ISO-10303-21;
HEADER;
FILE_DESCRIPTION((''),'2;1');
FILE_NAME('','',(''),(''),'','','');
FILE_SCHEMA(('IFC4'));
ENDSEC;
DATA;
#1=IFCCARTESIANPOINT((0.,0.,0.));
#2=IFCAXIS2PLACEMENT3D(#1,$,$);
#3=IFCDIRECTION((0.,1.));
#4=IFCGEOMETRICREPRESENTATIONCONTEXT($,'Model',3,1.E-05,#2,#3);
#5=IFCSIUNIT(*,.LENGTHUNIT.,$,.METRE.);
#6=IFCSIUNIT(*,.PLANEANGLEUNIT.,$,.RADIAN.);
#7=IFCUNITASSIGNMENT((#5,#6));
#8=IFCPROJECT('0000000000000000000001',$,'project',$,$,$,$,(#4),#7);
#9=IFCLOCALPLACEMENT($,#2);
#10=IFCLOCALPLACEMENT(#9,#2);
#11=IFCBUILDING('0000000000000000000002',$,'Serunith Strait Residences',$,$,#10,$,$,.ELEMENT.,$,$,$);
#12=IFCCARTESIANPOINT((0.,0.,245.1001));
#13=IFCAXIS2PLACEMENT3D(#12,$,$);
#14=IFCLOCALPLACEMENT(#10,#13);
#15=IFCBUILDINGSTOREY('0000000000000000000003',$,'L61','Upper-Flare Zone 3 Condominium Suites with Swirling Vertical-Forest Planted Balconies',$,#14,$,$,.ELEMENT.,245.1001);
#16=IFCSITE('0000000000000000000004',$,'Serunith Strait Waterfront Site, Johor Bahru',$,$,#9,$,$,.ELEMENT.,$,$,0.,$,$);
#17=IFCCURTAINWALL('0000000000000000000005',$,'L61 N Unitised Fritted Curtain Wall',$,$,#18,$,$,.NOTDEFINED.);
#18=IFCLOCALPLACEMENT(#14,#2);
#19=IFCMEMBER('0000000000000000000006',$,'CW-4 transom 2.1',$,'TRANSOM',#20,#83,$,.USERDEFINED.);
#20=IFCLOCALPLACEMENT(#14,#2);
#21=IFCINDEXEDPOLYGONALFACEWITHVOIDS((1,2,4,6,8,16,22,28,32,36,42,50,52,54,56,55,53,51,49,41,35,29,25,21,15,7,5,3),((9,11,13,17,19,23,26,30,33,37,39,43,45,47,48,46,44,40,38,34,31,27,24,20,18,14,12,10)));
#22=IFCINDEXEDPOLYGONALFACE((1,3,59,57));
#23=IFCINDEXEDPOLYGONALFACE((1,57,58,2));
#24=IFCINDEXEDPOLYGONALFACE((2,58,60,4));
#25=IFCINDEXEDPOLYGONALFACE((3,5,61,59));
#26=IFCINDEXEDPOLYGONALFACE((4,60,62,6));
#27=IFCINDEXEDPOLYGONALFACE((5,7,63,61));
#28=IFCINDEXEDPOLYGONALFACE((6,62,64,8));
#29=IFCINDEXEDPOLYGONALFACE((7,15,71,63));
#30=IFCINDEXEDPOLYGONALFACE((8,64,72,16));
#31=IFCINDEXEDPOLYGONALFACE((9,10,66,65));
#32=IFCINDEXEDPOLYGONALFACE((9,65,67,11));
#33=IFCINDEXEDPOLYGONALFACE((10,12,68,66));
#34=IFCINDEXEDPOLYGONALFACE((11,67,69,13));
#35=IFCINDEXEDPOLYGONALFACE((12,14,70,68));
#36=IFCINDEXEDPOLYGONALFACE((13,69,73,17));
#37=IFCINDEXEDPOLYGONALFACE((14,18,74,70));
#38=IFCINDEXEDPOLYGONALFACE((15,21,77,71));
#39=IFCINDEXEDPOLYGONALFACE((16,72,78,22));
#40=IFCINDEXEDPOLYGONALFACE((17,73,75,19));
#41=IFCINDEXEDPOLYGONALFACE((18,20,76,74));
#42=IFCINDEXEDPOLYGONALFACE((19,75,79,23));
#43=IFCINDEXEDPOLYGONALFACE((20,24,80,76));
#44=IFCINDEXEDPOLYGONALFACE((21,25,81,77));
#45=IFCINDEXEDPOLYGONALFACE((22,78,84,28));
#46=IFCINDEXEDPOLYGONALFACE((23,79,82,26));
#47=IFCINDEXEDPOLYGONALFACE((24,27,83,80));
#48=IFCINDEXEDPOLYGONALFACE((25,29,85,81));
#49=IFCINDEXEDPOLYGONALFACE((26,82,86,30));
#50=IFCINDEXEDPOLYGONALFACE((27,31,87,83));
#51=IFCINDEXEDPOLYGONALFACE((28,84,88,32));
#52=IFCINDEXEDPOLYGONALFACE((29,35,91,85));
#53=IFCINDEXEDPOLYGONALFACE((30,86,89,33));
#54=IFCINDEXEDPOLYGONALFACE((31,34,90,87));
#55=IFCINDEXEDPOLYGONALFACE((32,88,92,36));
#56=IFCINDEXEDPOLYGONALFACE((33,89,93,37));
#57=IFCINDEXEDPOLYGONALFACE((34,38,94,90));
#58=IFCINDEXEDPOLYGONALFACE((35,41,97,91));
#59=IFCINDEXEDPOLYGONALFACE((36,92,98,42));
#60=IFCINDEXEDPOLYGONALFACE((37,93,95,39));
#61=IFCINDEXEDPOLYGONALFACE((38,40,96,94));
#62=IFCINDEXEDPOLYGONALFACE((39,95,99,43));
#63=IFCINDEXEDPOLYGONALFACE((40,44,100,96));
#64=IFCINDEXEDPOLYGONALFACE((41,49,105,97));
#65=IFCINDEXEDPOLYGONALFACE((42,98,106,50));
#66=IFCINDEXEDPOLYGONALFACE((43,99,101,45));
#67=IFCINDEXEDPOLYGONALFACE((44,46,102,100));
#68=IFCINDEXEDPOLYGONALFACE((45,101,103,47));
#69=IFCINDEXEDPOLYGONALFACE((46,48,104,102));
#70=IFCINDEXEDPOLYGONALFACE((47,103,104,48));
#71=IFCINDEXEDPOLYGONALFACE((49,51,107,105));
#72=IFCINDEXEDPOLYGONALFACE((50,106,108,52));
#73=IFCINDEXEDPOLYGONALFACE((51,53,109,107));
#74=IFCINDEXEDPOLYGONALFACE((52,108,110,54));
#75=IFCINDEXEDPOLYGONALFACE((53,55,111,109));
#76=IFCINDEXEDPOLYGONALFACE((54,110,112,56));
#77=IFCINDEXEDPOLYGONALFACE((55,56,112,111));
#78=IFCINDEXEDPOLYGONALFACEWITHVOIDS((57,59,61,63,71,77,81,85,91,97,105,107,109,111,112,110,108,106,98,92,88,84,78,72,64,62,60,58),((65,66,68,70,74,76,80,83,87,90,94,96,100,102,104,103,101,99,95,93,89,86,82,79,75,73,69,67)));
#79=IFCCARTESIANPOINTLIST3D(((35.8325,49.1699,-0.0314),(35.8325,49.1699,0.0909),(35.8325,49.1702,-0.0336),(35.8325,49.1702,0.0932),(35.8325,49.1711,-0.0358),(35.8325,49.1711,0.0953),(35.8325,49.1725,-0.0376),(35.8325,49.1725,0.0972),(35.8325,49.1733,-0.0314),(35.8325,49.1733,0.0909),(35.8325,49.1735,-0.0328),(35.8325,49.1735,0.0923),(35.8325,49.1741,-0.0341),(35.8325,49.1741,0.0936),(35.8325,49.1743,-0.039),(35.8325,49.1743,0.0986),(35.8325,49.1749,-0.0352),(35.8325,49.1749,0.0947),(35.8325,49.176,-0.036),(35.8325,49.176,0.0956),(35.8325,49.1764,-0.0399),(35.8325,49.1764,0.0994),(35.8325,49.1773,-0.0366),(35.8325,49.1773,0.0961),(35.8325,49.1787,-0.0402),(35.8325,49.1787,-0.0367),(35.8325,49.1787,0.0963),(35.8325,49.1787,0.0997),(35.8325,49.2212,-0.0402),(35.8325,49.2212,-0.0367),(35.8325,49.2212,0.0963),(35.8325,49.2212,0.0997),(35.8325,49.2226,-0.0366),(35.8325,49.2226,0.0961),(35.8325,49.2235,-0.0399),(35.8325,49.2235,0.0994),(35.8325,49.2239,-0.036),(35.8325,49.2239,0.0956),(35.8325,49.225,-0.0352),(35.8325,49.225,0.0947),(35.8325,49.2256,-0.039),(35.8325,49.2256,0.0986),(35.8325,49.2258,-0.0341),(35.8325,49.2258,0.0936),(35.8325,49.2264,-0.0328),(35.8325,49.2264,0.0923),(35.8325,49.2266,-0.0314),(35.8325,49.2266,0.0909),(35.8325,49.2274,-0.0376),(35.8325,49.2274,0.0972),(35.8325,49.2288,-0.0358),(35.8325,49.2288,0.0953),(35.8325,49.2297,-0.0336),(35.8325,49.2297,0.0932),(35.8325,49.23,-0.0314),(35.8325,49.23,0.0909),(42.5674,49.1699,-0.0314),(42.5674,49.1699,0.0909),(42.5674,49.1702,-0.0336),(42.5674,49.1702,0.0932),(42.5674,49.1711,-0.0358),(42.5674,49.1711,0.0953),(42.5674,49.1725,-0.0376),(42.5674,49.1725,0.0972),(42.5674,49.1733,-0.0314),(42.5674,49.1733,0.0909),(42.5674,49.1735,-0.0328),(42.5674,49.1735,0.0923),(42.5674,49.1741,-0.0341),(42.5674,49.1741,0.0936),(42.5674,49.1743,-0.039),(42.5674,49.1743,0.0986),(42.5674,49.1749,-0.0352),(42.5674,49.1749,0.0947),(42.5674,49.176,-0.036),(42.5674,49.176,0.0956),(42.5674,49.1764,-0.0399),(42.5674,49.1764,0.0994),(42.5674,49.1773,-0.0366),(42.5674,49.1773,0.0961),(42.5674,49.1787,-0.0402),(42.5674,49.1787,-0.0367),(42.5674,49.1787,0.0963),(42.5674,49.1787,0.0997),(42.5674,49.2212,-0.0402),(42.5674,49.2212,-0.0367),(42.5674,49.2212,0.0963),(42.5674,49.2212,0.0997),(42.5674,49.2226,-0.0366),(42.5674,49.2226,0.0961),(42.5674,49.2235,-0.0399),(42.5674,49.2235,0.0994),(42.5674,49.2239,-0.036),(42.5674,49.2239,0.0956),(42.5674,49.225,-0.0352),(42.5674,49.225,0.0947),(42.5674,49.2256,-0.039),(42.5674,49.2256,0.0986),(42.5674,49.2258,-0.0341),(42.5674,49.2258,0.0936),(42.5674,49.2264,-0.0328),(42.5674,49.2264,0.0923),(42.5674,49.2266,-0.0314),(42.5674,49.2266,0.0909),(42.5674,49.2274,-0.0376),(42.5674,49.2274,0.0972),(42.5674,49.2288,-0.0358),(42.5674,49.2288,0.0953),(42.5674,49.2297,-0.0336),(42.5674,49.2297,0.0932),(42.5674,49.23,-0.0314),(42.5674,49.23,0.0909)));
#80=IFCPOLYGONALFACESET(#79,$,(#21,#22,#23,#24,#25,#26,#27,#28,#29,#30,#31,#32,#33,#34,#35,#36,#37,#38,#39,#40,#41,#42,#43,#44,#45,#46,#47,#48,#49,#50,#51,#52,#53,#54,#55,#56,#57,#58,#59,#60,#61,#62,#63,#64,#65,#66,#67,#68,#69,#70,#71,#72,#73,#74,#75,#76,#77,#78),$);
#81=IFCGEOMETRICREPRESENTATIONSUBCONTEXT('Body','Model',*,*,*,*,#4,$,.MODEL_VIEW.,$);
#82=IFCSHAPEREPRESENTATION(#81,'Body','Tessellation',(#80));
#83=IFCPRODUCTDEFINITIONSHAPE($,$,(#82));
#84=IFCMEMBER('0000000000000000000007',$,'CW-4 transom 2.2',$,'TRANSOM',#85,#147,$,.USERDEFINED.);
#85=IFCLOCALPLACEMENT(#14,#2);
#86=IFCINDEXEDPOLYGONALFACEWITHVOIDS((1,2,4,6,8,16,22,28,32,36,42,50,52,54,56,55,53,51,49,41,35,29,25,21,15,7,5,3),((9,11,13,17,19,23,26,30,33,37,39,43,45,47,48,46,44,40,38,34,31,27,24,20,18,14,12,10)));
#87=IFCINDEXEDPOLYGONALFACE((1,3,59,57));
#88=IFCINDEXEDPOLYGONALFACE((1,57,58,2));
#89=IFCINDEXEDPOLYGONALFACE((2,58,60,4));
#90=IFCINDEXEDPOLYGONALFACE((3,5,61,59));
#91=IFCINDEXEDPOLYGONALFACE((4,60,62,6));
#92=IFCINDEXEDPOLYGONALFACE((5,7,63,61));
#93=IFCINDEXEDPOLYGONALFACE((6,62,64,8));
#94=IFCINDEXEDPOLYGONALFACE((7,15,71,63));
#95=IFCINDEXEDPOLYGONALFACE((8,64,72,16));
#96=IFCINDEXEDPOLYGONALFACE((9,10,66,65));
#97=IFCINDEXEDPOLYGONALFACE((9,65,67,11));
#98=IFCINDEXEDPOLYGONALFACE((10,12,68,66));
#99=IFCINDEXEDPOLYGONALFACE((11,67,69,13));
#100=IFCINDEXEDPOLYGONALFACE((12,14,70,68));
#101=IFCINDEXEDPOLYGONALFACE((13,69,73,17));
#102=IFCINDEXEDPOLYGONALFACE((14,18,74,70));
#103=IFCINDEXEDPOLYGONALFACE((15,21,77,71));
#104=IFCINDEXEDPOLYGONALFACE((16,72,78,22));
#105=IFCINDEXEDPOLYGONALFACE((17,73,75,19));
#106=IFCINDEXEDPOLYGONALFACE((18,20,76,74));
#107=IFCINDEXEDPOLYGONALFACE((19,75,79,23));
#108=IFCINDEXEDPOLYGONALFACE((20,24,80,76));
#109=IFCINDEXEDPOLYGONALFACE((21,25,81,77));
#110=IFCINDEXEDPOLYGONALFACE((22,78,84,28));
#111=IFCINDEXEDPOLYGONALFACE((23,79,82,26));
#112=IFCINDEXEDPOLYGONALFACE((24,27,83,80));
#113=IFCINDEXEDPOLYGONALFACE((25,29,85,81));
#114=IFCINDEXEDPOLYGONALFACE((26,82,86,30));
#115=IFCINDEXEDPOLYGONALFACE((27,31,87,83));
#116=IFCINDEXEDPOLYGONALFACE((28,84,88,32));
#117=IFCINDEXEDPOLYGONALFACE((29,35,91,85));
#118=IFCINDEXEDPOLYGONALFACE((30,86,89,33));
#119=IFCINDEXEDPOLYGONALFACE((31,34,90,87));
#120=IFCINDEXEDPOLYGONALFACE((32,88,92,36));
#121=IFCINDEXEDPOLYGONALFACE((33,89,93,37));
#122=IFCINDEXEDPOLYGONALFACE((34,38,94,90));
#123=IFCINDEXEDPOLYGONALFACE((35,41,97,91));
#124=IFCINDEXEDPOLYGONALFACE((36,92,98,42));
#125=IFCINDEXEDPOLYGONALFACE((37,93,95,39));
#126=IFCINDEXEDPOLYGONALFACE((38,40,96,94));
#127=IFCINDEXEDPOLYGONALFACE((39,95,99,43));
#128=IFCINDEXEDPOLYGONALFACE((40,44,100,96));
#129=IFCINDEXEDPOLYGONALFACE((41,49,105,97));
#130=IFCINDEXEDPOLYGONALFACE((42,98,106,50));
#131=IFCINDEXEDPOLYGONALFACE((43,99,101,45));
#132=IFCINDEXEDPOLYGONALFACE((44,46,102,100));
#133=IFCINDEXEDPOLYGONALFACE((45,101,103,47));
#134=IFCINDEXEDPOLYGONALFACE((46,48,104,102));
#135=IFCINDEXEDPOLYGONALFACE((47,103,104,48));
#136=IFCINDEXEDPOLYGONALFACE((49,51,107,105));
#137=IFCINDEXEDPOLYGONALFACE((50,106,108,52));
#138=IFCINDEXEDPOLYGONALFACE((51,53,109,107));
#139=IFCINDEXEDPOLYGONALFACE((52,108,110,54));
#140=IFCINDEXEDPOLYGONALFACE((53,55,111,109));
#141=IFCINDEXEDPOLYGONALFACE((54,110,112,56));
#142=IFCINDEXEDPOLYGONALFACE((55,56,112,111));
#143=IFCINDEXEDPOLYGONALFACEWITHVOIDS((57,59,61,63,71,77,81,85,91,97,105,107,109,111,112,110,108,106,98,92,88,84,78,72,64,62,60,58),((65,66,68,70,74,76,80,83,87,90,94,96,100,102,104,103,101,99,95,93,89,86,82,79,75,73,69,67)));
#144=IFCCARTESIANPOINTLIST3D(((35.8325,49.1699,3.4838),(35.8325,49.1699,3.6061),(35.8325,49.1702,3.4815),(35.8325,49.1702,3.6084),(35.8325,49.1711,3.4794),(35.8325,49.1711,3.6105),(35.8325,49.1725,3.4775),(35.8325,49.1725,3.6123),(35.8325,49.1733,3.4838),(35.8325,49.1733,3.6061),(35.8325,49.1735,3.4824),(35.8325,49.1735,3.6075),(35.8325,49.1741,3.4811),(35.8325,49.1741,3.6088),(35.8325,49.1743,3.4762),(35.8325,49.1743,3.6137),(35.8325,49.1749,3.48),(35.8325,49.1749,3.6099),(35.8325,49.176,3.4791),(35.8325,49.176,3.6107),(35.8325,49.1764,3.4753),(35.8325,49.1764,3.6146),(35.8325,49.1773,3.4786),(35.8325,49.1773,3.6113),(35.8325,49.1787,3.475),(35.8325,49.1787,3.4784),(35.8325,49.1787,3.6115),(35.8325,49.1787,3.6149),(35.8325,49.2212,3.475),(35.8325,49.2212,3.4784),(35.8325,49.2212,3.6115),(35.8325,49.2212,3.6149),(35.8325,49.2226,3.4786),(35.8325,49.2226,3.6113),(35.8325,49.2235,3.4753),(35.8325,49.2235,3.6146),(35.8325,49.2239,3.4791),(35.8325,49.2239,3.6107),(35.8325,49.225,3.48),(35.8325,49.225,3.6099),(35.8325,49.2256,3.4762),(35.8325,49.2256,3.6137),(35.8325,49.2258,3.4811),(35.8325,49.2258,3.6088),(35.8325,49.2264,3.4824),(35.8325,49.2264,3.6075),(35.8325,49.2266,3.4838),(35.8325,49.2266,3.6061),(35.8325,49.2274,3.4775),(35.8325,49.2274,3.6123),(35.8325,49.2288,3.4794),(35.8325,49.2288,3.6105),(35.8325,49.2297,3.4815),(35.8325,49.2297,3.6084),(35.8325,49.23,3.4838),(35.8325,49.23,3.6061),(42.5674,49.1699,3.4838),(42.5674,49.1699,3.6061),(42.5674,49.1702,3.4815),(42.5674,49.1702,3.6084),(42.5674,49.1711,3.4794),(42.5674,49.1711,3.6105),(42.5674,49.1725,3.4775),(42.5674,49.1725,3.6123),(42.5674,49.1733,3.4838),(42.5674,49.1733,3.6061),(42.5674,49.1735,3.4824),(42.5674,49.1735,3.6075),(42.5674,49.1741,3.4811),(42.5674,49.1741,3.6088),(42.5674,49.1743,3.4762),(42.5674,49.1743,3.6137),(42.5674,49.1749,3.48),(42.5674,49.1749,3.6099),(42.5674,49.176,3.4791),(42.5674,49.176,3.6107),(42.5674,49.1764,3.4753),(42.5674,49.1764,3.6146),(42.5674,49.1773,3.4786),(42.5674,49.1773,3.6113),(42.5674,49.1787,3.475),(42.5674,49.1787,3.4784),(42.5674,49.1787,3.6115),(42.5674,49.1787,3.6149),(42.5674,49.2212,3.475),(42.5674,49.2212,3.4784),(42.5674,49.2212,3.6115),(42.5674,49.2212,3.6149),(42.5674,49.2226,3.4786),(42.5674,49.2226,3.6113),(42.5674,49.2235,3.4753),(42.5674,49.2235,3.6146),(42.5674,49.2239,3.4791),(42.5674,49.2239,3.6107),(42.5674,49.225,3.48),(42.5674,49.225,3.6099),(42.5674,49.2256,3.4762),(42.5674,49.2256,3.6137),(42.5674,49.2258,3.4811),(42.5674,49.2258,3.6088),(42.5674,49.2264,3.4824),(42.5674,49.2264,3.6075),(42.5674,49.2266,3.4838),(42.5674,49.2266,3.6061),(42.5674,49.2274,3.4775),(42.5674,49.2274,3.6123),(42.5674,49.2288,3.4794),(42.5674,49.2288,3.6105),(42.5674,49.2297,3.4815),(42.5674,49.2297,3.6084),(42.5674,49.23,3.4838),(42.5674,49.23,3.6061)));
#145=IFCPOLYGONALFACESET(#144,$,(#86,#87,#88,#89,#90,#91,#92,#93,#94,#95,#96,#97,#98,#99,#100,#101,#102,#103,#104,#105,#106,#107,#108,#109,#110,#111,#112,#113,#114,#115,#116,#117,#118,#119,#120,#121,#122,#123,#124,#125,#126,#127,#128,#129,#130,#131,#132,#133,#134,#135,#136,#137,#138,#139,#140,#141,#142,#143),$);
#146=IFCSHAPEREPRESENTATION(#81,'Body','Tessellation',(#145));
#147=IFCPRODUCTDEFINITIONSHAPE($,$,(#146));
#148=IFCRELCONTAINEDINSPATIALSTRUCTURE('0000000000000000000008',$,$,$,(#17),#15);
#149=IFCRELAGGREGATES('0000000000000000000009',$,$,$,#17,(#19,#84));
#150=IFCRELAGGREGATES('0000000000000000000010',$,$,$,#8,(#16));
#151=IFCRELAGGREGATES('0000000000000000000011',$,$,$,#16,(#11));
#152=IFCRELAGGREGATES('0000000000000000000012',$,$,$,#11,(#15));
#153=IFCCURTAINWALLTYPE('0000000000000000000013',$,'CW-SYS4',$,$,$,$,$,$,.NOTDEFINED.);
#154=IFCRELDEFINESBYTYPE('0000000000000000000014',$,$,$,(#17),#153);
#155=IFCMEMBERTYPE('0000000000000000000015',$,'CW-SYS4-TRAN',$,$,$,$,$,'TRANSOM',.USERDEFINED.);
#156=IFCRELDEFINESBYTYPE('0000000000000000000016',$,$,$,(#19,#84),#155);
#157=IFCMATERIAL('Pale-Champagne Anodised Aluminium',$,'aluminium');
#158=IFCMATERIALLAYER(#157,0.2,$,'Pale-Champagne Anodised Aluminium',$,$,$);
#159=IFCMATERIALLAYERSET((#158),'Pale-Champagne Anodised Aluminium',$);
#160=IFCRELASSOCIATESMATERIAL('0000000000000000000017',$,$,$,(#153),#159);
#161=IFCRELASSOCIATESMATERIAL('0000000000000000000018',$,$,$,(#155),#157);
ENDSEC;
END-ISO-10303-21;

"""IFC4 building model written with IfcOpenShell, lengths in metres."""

from ifc_helpers import new_model, si_unit, direction, frame, origin, origin_2d, place, context, subcontext, project, spatial, hollow_rectangle, extrude, source, transform, mapped, material, layer, layer_set, material_profile, profile_set, type_object, element, aggregate, save


model = new_model("IFC4")

# Units and contexts
model_context = context("Model", 3, precision=1e-05, world=origin(), true_north=direction((0.0, 1.0)))
body_context = subcontext(model_context, "Body", "Model", "MODEL_VIEW")
ifc_project = project(units=[si_unit("LENGTHUNIT", "METRE"), si_unit("PLANEANGLEUNIT", "RADIAN")], contexts=[model_context])

# Site, building, storey
site_placement = place(None, origin())
site = spatial("IfcSite", under=ifc_project, at=site_placement, Name="Serunith Strait Waterfront Site, Johor Bahru", CompositionType="ELEMENT", RefElevation=0.0)
building_placement = place(site_placement, origin())
building = spatial("IfcBuilding", under=site, at=building_placement, Name="Serunith Strait Residences", CompositionType="ELEMENT")
storey_placement = place(building_placement, frame((0.0, 0.0, 245.1001)))
storey = spatial("IfcBuildingStorey", under=building, at=storey_placement, Name="L61", Description="Upper-Flare Zone 3 Condominium Suites with Swirling Vertical-Forest Planted Balconies", CompositionType="ELEMENT", Elevation=245.1001)

# Curtain wall, members
ifc_material_1 = material(Name="Pale-Champagne Anodised Aluminium", Category="aluminium")
ifc_layer_1 = layer(ifc_material_1, 0.2, Name="Pale-Champagne Anodised Aluminium")
ifc_layer_set_1 = layer_set([ifc_layer_1], Name="Pale-Champagne Anodised Aluminium")
curtain_wall_type = type_object("IfcCurtainWallType", Name="CW-SYS4", PredefinedType="NOTDEFINED", material=ifc_layer_set_1)
curtain_wall_placement = place(storey_placement, origin())
curtain_wall = element("IfcCurtainWall", 1, at=curtain_wall_placement, inside=storey, type_object=curtain_wall_type, Name="L61 N Unitised Fritted Curtain Wall", PredefinedType="NOTDEFINED")
ifc_material_profile_1 = material_profile(ifc_material_1, hollow_rectangle(XDim=0.0601, YDim=0.1399, WallThickness=0.0034, InnerFilletRadius=0.0054, OuterFilletRadius=0.0088, at=origin_2d()), Name="ALU 140x60x3.5")
ifc_profile_set_1 = profile_set([ifc_material_profile_1], Name="Pale-Champagne Anodised Aluminium")
member_type_1 = type_object("IfcMemberType", Name="CW-SYS4-TRAN", ElementType="TRANSOM", PredefinedType="USERDEFINED", material=ifc_profile_set_1)
shared_shape_1 = source(origin(), body_context, "Body", "SweptSolid", [
    extrude(hollow_rectangle(XDim=0.0601, YDim=0.1399, WallThickness=0.0034, InnerFilletRadius=0.0054, OuterFilletRadius=0.0088, at=origin_2d()), origin(), (0.0, 0.0, 1.0), 6.7349),
])
member_1_placement = place(storey_placement, frame((42.5674, 49.2, 0.0298), z_axis=(-1.0, 0.0, 0.0), x_axis=(0.0, -1.0, 0.0)))
member_1 = element("IfcMember", 2, at=member_1_placement, type_object=member_type_1, Name="CW-4 transom 2.1", ObjectType="TRANSOM", PredefinedType="USERDEFINED", context=body_context, shape_type="MappedRepresentation", body=[
    mapped(shared_shape_1, transform((0.0, 0.0, 0.0), scale=1.0)),
])
member_2_placement = place(storey_placement, frame((42.5674, 49.2, 3.5449), z_axis=(-1.0, 0.0, 0.0), x_axis=(0.0, -1.0, 0.0)))
member_2 = element("IfcMember", 3, at=member_2_placement, type_object=member_type_1, Name="CW-4 transom 2.2", ObjectType="TRANSOM", PredefinedType="USERDEFINED", context=body_context, shape_type="MappedRepresentation", body=[
    mapped(shared_shape_1, transform((0.0, 0.0, 0.0), scale=1.0)),
])
aggregate(curtain_wall, [member_1, member_2])

save(model, "model.ifc")
